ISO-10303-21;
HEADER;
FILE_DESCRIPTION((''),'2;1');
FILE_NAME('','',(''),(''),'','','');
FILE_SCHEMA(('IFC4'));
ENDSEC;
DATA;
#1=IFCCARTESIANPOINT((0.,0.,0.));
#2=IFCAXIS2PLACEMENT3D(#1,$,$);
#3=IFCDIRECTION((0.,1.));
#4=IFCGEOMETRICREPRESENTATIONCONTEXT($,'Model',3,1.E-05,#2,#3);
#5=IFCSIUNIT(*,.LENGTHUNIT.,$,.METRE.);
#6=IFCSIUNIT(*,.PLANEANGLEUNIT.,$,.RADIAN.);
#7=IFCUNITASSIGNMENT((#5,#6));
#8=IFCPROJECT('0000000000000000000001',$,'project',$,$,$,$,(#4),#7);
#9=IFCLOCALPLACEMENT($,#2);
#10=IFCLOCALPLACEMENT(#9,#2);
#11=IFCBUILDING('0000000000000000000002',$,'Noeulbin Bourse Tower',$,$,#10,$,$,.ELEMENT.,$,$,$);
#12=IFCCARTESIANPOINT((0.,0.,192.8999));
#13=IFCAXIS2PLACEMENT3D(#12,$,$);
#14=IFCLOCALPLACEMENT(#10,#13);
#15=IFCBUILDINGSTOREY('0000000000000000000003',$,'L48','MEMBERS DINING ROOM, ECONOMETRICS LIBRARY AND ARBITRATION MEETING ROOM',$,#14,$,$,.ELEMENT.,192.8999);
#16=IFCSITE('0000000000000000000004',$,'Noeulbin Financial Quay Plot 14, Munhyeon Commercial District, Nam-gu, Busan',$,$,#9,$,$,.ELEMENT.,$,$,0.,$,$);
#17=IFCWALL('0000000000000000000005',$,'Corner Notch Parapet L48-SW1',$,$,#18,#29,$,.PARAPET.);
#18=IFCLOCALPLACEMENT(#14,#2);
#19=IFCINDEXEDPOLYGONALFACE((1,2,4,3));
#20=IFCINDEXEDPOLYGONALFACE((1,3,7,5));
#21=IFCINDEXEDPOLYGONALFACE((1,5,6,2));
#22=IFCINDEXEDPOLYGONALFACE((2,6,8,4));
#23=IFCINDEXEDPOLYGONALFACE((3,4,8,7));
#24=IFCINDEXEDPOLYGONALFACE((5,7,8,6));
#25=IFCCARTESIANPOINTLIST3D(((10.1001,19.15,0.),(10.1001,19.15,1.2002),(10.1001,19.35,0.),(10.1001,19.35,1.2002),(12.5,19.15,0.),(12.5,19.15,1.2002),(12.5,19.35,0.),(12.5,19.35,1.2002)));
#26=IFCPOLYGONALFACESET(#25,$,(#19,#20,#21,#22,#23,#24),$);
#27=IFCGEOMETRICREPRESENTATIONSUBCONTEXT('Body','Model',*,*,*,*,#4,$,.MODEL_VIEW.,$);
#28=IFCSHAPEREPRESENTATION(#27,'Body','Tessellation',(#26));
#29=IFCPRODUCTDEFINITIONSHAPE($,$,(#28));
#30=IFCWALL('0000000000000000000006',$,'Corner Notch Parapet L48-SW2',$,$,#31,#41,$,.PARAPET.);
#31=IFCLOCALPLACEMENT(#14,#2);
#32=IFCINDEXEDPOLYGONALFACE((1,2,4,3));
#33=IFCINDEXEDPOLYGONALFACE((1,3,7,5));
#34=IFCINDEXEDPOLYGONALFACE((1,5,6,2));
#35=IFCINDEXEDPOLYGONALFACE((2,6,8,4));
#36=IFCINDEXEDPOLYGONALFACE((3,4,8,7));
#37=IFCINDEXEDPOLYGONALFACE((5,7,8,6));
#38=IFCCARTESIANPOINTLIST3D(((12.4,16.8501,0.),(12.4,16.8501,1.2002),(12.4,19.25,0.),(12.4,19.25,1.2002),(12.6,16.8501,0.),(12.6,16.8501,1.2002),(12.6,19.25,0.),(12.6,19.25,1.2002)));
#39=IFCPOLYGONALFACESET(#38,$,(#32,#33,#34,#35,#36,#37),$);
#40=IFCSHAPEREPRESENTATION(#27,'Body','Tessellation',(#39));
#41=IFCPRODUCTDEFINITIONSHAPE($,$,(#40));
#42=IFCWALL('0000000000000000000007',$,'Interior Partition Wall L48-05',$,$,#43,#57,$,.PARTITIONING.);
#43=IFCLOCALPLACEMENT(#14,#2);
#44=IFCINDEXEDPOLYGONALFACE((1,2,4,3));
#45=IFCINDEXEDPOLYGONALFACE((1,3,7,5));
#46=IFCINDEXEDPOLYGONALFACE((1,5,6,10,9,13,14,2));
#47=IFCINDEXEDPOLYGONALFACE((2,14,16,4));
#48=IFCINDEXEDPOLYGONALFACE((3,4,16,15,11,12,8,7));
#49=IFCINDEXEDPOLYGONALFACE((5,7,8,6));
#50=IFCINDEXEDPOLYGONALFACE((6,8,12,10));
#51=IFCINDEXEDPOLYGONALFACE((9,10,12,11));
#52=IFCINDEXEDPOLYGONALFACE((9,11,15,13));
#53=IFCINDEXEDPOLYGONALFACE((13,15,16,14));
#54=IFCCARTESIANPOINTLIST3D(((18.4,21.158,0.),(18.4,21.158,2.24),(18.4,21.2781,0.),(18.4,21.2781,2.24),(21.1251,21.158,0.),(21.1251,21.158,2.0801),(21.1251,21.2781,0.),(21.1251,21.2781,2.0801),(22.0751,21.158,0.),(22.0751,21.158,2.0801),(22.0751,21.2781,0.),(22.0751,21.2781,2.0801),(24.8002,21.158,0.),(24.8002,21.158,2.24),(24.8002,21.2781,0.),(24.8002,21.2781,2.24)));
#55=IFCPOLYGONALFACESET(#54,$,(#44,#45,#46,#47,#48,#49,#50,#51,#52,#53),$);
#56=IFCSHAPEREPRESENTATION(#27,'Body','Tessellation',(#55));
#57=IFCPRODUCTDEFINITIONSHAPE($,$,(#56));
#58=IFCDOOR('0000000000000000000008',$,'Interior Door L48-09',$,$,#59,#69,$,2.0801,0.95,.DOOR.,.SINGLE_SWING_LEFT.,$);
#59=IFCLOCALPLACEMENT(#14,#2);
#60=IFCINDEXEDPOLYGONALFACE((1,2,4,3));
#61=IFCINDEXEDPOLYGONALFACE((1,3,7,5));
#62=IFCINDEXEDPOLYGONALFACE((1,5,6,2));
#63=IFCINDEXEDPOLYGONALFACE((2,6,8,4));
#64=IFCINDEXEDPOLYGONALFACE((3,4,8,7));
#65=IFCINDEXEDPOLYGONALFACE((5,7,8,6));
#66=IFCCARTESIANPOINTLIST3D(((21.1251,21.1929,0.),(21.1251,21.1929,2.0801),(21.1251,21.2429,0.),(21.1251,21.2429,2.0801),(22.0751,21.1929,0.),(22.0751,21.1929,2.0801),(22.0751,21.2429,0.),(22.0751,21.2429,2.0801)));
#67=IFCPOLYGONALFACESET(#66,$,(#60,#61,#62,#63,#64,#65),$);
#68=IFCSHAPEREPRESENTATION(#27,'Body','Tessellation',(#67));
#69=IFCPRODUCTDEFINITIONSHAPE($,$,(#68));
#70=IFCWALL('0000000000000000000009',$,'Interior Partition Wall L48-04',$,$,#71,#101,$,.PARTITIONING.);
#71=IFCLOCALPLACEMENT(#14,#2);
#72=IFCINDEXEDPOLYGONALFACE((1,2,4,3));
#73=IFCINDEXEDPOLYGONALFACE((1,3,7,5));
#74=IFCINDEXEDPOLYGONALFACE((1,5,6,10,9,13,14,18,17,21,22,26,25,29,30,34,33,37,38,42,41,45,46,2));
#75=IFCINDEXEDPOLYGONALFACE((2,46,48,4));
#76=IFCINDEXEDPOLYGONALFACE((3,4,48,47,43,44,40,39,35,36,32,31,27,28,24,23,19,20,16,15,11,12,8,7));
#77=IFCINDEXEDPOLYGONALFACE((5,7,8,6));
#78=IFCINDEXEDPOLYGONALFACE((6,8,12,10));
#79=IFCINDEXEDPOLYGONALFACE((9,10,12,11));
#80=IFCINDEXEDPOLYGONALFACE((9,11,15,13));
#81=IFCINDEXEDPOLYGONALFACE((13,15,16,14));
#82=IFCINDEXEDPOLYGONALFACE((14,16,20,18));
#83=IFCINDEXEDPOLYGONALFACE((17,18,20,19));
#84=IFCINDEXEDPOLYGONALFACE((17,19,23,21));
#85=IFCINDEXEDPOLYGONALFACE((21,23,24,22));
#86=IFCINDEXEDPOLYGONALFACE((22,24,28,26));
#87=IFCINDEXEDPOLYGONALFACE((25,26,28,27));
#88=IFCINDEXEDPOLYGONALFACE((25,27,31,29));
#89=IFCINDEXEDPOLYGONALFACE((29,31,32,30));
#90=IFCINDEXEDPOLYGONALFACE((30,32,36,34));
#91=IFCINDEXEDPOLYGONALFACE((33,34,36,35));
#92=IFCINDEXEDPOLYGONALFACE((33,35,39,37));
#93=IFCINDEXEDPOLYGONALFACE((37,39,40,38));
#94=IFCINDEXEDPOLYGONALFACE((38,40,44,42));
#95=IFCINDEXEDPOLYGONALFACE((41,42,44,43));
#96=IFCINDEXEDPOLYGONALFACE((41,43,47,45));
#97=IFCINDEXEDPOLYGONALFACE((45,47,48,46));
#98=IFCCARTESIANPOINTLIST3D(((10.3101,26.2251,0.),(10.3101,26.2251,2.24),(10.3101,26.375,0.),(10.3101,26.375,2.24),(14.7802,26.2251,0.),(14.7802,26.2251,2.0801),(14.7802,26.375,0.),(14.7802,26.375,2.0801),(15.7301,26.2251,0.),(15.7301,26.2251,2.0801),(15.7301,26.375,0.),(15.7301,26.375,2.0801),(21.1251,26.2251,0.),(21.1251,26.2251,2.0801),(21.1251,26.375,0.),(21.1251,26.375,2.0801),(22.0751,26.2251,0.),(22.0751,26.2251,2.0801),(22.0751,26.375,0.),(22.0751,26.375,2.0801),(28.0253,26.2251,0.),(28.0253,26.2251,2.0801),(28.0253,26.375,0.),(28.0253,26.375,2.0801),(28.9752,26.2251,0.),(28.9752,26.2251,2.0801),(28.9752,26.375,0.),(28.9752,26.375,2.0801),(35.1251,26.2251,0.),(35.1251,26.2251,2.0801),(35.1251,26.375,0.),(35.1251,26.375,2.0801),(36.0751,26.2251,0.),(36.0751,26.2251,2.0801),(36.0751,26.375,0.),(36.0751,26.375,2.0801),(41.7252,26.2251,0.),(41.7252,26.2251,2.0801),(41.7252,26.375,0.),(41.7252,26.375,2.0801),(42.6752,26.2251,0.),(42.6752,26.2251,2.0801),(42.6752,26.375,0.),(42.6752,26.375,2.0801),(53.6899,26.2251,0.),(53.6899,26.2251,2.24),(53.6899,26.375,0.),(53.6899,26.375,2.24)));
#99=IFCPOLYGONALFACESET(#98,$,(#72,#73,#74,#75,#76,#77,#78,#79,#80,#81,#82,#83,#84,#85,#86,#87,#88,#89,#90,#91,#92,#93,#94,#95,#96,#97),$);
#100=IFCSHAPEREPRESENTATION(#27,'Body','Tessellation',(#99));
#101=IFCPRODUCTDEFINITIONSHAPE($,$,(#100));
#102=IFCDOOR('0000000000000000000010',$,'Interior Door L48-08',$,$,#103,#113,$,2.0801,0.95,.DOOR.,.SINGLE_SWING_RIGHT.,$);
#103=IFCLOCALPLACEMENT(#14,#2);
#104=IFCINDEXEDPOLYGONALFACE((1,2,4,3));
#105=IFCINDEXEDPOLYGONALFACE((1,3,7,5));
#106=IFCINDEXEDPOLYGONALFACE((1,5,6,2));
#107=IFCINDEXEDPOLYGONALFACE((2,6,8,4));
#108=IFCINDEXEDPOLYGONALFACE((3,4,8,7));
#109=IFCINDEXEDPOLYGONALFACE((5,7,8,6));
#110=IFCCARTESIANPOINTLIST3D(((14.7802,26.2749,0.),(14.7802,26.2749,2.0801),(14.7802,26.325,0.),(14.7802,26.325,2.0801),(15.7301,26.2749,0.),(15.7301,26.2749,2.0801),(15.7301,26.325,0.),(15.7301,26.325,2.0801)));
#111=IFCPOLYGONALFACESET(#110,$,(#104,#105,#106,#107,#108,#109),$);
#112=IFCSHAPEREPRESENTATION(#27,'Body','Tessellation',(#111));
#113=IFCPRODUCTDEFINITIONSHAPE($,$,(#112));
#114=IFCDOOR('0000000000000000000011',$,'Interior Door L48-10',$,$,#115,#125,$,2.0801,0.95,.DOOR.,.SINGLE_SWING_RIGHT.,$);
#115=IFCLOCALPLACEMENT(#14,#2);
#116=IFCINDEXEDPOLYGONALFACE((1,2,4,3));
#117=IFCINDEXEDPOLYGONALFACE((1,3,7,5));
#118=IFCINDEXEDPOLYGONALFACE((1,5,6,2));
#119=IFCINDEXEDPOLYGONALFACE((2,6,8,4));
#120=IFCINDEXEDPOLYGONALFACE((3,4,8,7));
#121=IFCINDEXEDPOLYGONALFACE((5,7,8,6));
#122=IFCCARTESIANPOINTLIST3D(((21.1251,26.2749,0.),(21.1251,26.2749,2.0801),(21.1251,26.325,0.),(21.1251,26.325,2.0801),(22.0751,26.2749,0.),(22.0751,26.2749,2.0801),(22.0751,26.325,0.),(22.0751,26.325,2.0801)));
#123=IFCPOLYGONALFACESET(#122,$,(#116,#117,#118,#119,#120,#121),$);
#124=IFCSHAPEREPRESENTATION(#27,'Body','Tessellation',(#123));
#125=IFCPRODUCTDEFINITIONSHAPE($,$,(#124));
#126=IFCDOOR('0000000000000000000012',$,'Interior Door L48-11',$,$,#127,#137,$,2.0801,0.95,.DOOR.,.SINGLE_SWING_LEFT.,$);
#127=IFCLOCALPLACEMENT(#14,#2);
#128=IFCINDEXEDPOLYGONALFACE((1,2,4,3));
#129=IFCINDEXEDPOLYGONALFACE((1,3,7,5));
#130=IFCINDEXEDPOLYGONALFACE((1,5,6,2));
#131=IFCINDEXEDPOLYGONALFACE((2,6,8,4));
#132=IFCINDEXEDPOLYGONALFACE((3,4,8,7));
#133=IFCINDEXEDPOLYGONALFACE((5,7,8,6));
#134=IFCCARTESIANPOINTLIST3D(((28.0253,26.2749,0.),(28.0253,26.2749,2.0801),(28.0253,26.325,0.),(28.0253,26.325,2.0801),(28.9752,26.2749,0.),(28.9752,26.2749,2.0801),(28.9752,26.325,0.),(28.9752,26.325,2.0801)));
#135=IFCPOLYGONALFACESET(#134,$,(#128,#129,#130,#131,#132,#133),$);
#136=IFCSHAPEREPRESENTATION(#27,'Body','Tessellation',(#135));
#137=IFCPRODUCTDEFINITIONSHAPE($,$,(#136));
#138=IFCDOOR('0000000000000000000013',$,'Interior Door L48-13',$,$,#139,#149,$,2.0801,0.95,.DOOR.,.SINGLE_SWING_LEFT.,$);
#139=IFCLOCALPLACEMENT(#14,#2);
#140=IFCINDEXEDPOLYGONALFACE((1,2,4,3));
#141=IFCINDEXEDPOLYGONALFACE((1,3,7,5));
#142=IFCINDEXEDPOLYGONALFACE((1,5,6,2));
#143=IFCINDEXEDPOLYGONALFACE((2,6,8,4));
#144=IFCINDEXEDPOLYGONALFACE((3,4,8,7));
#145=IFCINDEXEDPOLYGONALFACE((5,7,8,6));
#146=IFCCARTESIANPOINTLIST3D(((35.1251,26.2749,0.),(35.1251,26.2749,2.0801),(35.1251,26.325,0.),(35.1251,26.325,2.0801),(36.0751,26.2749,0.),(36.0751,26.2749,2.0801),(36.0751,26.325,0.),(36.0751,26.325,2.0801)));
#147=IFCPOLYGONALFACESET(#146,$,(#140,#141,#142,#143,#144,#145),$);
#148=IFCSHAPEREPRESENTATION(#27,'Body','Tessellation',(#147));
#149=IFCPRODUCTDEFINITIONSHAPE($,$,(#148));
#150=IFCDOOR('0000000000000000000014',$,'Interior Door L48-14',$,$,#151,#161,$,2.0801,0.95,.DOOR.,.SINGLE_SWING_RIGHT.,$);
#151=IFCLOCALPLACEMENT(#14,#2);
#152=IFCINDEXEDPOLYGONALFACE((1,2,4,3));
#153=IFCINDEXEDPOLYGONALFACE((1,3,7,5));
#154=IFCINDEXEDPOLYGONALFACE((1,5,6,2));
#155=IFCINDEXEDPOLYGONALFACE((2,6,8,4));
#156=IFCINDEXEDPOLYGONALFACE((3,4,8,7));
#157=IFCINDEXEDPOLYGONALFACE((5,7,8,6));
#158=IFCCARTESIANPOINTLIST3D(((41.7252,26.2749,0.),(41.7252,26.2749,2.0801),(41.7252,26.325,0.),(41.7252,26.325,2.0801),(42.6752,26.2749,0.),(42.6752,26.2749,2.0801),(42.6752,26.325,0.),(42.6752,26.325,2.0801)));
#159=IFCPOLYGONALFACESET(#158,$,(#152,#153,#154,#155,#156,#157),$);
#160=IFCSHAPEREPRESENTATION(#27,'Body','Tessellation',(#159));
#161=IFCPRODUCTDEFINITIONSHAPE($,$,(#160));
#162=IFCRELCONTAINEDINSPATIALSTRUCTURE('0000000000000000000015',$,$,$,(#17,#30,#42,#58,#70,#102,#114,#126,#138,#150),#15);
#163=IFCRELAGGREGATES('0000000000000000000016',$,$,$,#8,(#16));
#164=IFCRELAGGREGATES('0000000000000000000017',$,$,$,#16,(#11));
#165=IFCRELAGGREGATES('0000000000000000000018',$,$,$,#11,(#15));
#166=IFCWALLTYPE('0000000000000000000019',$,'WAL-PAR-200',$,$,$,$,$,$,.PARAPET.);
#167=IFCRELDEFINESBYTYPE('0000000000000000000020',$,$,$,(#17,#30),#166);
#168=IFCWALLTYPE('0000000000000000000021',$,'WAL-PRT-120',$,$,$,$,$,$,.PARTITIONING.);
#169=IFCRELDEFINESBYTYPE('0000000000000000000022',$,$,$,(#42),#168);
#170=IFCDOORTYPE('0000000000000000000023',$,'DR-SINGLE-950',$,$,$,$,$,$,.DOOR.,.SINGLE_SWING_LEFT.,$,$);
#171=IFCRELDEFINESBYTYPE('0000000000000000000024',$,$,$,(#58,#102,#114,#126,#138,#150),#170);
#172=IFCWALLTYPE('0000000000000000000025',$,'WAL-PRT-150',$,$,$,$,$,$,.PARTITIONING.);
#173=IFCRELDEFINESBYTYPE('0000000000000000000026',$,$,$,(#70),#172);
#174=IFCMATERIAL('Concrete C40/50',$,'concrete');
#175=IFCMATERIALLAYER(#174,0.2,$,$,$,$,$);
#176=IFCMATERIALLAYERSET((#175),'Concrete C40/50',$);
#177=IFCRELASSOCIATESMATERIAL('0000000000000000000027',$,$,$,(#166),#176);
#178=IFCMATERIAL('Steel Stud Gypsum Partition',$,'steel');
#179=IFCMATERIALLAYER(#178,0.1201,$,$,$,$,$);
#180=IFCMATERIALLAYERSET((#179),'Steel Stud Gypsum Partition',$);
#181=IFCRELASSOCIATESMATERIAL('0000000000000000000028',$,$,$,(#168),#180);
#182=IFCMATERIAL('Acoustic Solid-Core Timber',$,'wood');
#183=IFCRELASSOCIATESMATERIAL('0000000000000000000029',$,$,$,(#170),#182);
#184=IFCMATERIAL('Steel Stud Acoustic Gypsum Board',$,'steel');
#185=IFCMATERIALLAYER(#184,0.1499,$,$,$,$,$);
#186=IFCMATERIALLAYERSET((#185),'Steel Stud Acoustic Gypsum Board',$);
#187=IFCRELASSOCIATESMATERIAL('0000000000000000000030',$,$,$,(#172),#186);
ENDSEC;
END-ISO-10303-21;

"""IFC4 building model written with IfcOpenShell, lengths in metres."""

from ifc_helpers import new_model, si_unit, direction, frame, frame_2d, origin, place, context, subcontext, project, spatial, rectangle, extrude, material, layer, layer_set, type_object, element, fill, save


model = new_model("IFC4")

# Units and contexts
model_context = context("Model", 3, precision=1e-05, world=origin(), true_north=direction((0.0, 1.0)))
body_context = subcontext(model_context, "Body", "Model", "MODEL_VIEW")
ifc_project = project(units=[si_unit("LENGTHUNIT", "METRE"), si_unit("PLANEANGLEUNIT", "RADIAN")], contexts=[model_context])

# Site, building, storey
site_placement = place(None, origin())
site = spatial("IfcSite", under=ifc_project, at=site_placement, Name="Noeulbin Financial Quay Plot 14, Munhyeon Commercial District, Nam-gu, Busan", CompositionType="ELEMENT", RefElevation=0.0)
building_placement = place(site_placement, origin())
building = spatial("IfcBuilding", under=site, at=building_placement, Name="Noeulbin Bourse Tower", CompositionType="ELEMENT")
storey_placement = place(building_placement, frame((0.0, 0.0, 192.8999)))
storey = spatial("IfcBuildingStorey", under=building, at=storey_placement, Name="L48", Description="MEMBERS DINING ROOM, ECONOMETRICS LIBRARY AND ARBITRATION MEETING ROOM", CompositionType="ELEMENT", Elevation=192.8999)

# Walls
ifc_material_1 = material(Name="Concrete C40/50", Category="concrete")
ifc_layer_1 = layer(ifc_material_1, 0.2)
ifc_layer_set_1 = layer_set([ifc_layer_1], Name="Concrete C40/50")
wall_type_1 = type_object("IfcWallType", Name="WAL-PAR-200", PredefinedType="PARAPET", material=ifc_layer_set_1)
for number, where, z_axis, x_axis, name in (
    (1, (10.1001, 19.25, 0.0), (0.0, 0.0, 1.0), (1.0, 0.0, 0.0), "Corner Notch Parapet L48-SW1"),
    (2, (12.5, 19.25, 0.0), (0.0, 0.0, 1.0), (0.0, -1.0, 0.0), "Corner Notch Parapet L48-SW2"),
):
    element("IfcWall", number, at=place(storey_placement, frame(where, z_axis=z_axis, x_axis=x_axis)), inside=storey, type_object=wall_type_1, Name=name, PredefinedType="PARAPET", context=body_context, shape_type="SweptSolid", body=[
        extrude(rectangle(XDim=2.3999, YDim=0.2, at=frame_2d((1.2, 0.0))), origin(), (0.0, 0.0, 1.0), 1.2002),
    ])

# Wall, opening, door
ifc_material_2 = material(Name="Steel Stud Gypsum Partition", Category="steel")
ifc_layer_2 = layer(ifc_material_2, 0.1201)
ifc_layer_set_2 = layer_set([ifc_layer_2], Name="Steel Stud Gypsum Partition")
wall_type_2 = type_object("IfcWallType", Name="WAL-PRT-120", PredefinedType="PARTITIONING", material=ifc_layer_set_2)
wall_1_placement = place(storey_placement, frame((18.3999, 21.218, 0.0), z_axis=(0.0, 0.0, 1.0), x_axis=(1.0, 0.0, 0.0)))
wall_1 = element("IfcWall", 3, at=wall_1_placement, inside=storey, type_object=wall_type_2, Name="Interior Partition Wall L48-05", PredefinedType="PARTITIONING", context=body_context, shape_type="SweptSolid", body=[
    extrude(rectangle(XDim=6.4001, YDim=0.1201, at=frame_2d((3.2002, 0.0))), origin(), (0.0, 0.0, 1.0), 2.24),
])
opening_1_placement = place(wall_1_placement, frame((2.7251, 0.0, 0.0)))
opening_1 = element("IfcOpeningElement", 4, at=opening_1_placement, cuts=wall_1, PredefinedType="OPENING", context=body_context, shape_type="SweptSolid", body=[
    extrude(rectangle(XDim=0.95, YDim=2.0801, at=frame_2d((0.4751, 1.04))), frame((0.0, 0.0701, 0.0), z_axis=(0.0, -1.0, 0.0), x_axis=(1.0, 0.0, 0.0)), (0.0, 0.0, 1.0), 0.1401),
])
ifc_material_3 = material(Name="Acoustic Solid-Core Timber", Category="wood")
door_type = type_object("IfcDoorType", Name="DR-SINGLE-950", OperationType="SINGLE_SWING_LEFT", PredefinedType="DOOR", material=ifc_material_3)
door_1_placement = place(opening_1_placement, origin())
door_1 = element("IfcDoor", 5, at=door_1_placement, inside=storey, type_object=door_type, Name="Interior Door L48-09", OperationType="SINGLE_SWING_LEFT", OverallHeight=2.0801, OverallWidth=0.95, PredefinedType="DOOR", context=body_context, shape_type="SweptSolid", body=[
    extrude(rectangle(XDim=0.95, YDim=2.0801, at=frame_2d((0.4751, 1.04))), frame((0.0, 0.0249, 0.0), z_axis=(0.0, -1.0, 0.0), x_axis=(1.0, 0.0, 0.0)), (0.0, 0.0, 1.0), 0.05),
])
fill(opening_1, door_1)

# Wall, openings, doors
ifc_material_4 = material(Name="Steel Stud Acoustic Gypsum Board", Category="steel")
ifc_layer_3 = layer(ifc_material_4, 0.1499)
ifc_layer_set_3 = layer_set([ifc_layer_3], Name="Steel Stud Acoustic Gypsum Board")
wall_type_3 = type_object("IfcWallType", Name="WAL-PRT-150", PredefinedType="PARTITIONING", material=ifc_layer_set_3)
wall_2_placement = place(storey_placement, frame((10.3101, 26.3, 0.0), z_axis=(0.0, 0.0, 1.0), x_axis=(1.0, 0.0, 0.0)))
wall_2 = element("IfcWall", 6, at=wall_2_placement, inside=storey, type_object=wall_type_3, Name="Interior Partition Wall L48-04", PredefinedType="PARTITIONING", context=body_context, shape_type="SweptSolid", body=[
    extrude(rectangle(XDim=43.3799, YDim=0.1499, at=frame_2d((21.6899, 0.0))), origin(), (0.0, 0.0, 1.0), 2.24),
])
opening_2_placement = place(wall_2_placement, frame((4.47, 0.0, 0.0)))
opening_2 = element("IfcOpeningElement", 7, at=opening_2_placement, cuts=wall_2, PredefinedType="OPENING", context=body_context, shape_type="SweptSolid", body=[
    extrude(rectangle(XDim=0.95, YDim=2.0801, at=frame_2d((0.4751, 1.04))), frame((0.0, 0.085, 0.0), z_axis=(0.0, -1.0, 0.0), x_axis=(1.0, 0.0, 0.0)), (0.0, 0.0, 1.0), 0.1699),
])
opening_3_placement = place(wall_2_placement, frame((10.8149, 0.0, 0.0)))
opening_3 = element("IfcOpeningElement", 8, at=opening_3_placement, cuts=wall_2, PredefinedType="OPENING", context=body_context, shape_type="SweptSolid", body=[
    extrude(rectangle(XDim=0.95, YDim=2.0801, at=frame_2d((0.4751, 1.04))), frame((0.0, 0.085, 0.0), z_axis=(0.0, -1.0, 0.0), x_axis=(1.0, 0.0, 0.0)), (0.0, 0.0, 1.0), 0.1699),
])
opening_4_placement = place(wall_2_placement, frame((17.7151, 0.0, 0.0)))
opening_4 = element("IfcOpeningElement", 9, at=opening_4_placement, cuts=wall_2, PredefinedType="OPENING", context=body_context, shape_type="SweptSolid", body=[
    extrude(rectangle(XDim=0.95, YDim=2.0801, at=frame_2d((0.4751, 1.04))), frame((0.0, 0.085, 0.0), z_axis=(0.0, -1.0, 0.0), x_axis=(1.0, 0.0, 0.0)), (0.0, 0.0, 1.0), 0.1699),
])
opening_5_placement = place(wall_2_placement, frame((24.8149, 0.0, 0.0)))
opening_5 = element("IfcOpeningElement", 10, at=opening_5_placement, cuts=wall_2, PredefinedType="OPENING", context=body_context, shape_type="SweptSolid", body=[
    extrude(rectangle(XDim=0.95, YDim=2.0801, at=frame_2d((0.4751, 1.04))), frame((0.0, 0.085, 0.0), z_axis=(0.0, -1.0, 0.0), x_axis=(1.0, 0.0, 0.0)), (0.0, 0.0, 1.0), 0.1699),
])
opening_6_placement = place(wall_2_placement, frame((31.415, 0.0, 0.0)))
opening_6 = element("IfcOpeningElement", 11, at=opening_6_placement, cuts=wall_2, PredefinedType="OPENING", context=body_context, shape_type="SweptSolid", body=[
    extrude(rectangle(XDim=0.95, YDim=2.0801, at=frame_2d((0.4751, 1.04))), frame((0.0, 0.085, 0.0), z_axis=(0.0, -1.0, 0.0), x_axis=(1.0, 0.0, 0.0)), (0.0, 0.0, 1.0), 0.1699),
])
door_2_placement = place(opening_2_placement, origin())
door_2 = element("IfcDoor", 12, at=door_2_placement, inside=storey, type_object=door_type, Name="Interior Door L48-08", OperationType="SINGLE_SWING_RIGHT", OverallHeight=2.0801, OverallWidth=0.95, PredefinedType="DOOR", context=body_context, shape_type="SweptSolid", body=[
    extrude(rectangle(XDim=0.95, YDim=2.0801, at=frame_2d((0.4751, 1.04))), frame((0.0, 0.0249, 0.0), z_axis=(0.0, -1.0, 0.0), x_axis=(1.0, 0.0, 0.0)), (0.0, 0.0, 1.0), 0.05),
])
fill(opening_2, door_2)
door_3_placement = place(opening_3_placement, origin())
door_3 = element("IfcDoor", 13, at=door_3_placement, inside=storey, type_object=door_type, Name="Interior Door L48-10", OperationType="SINGLE_SWING_RIGHT", OverallHeight=2.0801, OverallWidth=0.95, PredefinedType="DOOR", context=body_context, shape_type="SweptSolid", body=[
    extrude(rectangle(XDim=0.95, YDim=2.0801, at=frame_2d((0.4751, 1.04))), frame((0.0, 0.0249, 0.0), z_axis=(0.0, -1.0, 0.0), x_axis=(1.0, 0.0, 0.0)), (0.0, 0.0, 1.0), 0.05),
])
fill(opening_3, door_3)
door_4_placement = place(opening_4_placement, origin())
door_4 = element("IfcDoor", 14, at=door_4_placement, inside=storey, type_object=door_type, Name="Interior Door L48-11", OperationType="SINGLE_SWING_LEFT", OverallHeight=2.0801, OverallWidth=0.95, PredefinedType="DOOR", context=body_context, shape_type="SweptSolid", body=[
    extrude(rectangle(XDim=0.95, YDim=2.0801, at=frame_2d((0.4751, 1.04))), frame((0.0, 0.0249, 0.0), z_axis=(0.0, -1.0, 0.0), x_axis=(1.0, 0.0, 0.0)), (0.0, 0.0, 1.0), 0.05),
])
fill(opening_4, door_4)
door_5_placement = place(opening_5_placement, origin())
door_5 = element("IfcDoor", 15, at=door_5_placement, inside=storey, type_object=door_type, Name="Interior Door L48-13", OperationType="SINGLE_SWING_LEFT", OverallHeight=2.0801, OverallWidth=0.95, PredefinedType="DOOR", context=body_context, shape_type="SweptSolid", body=[
    extrude(rectangle(XDim=0.95, YDim=2.0801, at=frame_2d((0.4751, 1.04))), frame((0.0, 0.0249, 0.0), z_axis=(0.0, -1.0, 0.0), x_axis=(1.0, 0.0, 0.0)), (0.0, 0.0, 1.0), 0.05),
])
fill(opening_5, door_5)
door_6_placement = place(opening_6_placement, origin())
door_6 = element("IfcDoor", 16, at=door_6_placement, inside=storey, type_object=door_type, Name="Interior Door L48-14", OperationType="SINGLE_SWING_RIGHT", OverallHeight=2.0801, OverallWidth=0.95, PredefinedType="DOOR", context=body_context, shape_type="SweptSolid", body=[
    extrude(rectangle(XDim=0.95, YDim=2.0801, at=frame_2d((0.4751, 1.04))), frame((0.0, 0.0249, 0.0), z_axis=(0.0, -1.0, 0.0), x_axis=(1.0, 0.0, 0.0)), (0.0, 0.0, 1.0), 0.05),
])
fill(opening_6, door_6)

save(model, "model.ifc")
